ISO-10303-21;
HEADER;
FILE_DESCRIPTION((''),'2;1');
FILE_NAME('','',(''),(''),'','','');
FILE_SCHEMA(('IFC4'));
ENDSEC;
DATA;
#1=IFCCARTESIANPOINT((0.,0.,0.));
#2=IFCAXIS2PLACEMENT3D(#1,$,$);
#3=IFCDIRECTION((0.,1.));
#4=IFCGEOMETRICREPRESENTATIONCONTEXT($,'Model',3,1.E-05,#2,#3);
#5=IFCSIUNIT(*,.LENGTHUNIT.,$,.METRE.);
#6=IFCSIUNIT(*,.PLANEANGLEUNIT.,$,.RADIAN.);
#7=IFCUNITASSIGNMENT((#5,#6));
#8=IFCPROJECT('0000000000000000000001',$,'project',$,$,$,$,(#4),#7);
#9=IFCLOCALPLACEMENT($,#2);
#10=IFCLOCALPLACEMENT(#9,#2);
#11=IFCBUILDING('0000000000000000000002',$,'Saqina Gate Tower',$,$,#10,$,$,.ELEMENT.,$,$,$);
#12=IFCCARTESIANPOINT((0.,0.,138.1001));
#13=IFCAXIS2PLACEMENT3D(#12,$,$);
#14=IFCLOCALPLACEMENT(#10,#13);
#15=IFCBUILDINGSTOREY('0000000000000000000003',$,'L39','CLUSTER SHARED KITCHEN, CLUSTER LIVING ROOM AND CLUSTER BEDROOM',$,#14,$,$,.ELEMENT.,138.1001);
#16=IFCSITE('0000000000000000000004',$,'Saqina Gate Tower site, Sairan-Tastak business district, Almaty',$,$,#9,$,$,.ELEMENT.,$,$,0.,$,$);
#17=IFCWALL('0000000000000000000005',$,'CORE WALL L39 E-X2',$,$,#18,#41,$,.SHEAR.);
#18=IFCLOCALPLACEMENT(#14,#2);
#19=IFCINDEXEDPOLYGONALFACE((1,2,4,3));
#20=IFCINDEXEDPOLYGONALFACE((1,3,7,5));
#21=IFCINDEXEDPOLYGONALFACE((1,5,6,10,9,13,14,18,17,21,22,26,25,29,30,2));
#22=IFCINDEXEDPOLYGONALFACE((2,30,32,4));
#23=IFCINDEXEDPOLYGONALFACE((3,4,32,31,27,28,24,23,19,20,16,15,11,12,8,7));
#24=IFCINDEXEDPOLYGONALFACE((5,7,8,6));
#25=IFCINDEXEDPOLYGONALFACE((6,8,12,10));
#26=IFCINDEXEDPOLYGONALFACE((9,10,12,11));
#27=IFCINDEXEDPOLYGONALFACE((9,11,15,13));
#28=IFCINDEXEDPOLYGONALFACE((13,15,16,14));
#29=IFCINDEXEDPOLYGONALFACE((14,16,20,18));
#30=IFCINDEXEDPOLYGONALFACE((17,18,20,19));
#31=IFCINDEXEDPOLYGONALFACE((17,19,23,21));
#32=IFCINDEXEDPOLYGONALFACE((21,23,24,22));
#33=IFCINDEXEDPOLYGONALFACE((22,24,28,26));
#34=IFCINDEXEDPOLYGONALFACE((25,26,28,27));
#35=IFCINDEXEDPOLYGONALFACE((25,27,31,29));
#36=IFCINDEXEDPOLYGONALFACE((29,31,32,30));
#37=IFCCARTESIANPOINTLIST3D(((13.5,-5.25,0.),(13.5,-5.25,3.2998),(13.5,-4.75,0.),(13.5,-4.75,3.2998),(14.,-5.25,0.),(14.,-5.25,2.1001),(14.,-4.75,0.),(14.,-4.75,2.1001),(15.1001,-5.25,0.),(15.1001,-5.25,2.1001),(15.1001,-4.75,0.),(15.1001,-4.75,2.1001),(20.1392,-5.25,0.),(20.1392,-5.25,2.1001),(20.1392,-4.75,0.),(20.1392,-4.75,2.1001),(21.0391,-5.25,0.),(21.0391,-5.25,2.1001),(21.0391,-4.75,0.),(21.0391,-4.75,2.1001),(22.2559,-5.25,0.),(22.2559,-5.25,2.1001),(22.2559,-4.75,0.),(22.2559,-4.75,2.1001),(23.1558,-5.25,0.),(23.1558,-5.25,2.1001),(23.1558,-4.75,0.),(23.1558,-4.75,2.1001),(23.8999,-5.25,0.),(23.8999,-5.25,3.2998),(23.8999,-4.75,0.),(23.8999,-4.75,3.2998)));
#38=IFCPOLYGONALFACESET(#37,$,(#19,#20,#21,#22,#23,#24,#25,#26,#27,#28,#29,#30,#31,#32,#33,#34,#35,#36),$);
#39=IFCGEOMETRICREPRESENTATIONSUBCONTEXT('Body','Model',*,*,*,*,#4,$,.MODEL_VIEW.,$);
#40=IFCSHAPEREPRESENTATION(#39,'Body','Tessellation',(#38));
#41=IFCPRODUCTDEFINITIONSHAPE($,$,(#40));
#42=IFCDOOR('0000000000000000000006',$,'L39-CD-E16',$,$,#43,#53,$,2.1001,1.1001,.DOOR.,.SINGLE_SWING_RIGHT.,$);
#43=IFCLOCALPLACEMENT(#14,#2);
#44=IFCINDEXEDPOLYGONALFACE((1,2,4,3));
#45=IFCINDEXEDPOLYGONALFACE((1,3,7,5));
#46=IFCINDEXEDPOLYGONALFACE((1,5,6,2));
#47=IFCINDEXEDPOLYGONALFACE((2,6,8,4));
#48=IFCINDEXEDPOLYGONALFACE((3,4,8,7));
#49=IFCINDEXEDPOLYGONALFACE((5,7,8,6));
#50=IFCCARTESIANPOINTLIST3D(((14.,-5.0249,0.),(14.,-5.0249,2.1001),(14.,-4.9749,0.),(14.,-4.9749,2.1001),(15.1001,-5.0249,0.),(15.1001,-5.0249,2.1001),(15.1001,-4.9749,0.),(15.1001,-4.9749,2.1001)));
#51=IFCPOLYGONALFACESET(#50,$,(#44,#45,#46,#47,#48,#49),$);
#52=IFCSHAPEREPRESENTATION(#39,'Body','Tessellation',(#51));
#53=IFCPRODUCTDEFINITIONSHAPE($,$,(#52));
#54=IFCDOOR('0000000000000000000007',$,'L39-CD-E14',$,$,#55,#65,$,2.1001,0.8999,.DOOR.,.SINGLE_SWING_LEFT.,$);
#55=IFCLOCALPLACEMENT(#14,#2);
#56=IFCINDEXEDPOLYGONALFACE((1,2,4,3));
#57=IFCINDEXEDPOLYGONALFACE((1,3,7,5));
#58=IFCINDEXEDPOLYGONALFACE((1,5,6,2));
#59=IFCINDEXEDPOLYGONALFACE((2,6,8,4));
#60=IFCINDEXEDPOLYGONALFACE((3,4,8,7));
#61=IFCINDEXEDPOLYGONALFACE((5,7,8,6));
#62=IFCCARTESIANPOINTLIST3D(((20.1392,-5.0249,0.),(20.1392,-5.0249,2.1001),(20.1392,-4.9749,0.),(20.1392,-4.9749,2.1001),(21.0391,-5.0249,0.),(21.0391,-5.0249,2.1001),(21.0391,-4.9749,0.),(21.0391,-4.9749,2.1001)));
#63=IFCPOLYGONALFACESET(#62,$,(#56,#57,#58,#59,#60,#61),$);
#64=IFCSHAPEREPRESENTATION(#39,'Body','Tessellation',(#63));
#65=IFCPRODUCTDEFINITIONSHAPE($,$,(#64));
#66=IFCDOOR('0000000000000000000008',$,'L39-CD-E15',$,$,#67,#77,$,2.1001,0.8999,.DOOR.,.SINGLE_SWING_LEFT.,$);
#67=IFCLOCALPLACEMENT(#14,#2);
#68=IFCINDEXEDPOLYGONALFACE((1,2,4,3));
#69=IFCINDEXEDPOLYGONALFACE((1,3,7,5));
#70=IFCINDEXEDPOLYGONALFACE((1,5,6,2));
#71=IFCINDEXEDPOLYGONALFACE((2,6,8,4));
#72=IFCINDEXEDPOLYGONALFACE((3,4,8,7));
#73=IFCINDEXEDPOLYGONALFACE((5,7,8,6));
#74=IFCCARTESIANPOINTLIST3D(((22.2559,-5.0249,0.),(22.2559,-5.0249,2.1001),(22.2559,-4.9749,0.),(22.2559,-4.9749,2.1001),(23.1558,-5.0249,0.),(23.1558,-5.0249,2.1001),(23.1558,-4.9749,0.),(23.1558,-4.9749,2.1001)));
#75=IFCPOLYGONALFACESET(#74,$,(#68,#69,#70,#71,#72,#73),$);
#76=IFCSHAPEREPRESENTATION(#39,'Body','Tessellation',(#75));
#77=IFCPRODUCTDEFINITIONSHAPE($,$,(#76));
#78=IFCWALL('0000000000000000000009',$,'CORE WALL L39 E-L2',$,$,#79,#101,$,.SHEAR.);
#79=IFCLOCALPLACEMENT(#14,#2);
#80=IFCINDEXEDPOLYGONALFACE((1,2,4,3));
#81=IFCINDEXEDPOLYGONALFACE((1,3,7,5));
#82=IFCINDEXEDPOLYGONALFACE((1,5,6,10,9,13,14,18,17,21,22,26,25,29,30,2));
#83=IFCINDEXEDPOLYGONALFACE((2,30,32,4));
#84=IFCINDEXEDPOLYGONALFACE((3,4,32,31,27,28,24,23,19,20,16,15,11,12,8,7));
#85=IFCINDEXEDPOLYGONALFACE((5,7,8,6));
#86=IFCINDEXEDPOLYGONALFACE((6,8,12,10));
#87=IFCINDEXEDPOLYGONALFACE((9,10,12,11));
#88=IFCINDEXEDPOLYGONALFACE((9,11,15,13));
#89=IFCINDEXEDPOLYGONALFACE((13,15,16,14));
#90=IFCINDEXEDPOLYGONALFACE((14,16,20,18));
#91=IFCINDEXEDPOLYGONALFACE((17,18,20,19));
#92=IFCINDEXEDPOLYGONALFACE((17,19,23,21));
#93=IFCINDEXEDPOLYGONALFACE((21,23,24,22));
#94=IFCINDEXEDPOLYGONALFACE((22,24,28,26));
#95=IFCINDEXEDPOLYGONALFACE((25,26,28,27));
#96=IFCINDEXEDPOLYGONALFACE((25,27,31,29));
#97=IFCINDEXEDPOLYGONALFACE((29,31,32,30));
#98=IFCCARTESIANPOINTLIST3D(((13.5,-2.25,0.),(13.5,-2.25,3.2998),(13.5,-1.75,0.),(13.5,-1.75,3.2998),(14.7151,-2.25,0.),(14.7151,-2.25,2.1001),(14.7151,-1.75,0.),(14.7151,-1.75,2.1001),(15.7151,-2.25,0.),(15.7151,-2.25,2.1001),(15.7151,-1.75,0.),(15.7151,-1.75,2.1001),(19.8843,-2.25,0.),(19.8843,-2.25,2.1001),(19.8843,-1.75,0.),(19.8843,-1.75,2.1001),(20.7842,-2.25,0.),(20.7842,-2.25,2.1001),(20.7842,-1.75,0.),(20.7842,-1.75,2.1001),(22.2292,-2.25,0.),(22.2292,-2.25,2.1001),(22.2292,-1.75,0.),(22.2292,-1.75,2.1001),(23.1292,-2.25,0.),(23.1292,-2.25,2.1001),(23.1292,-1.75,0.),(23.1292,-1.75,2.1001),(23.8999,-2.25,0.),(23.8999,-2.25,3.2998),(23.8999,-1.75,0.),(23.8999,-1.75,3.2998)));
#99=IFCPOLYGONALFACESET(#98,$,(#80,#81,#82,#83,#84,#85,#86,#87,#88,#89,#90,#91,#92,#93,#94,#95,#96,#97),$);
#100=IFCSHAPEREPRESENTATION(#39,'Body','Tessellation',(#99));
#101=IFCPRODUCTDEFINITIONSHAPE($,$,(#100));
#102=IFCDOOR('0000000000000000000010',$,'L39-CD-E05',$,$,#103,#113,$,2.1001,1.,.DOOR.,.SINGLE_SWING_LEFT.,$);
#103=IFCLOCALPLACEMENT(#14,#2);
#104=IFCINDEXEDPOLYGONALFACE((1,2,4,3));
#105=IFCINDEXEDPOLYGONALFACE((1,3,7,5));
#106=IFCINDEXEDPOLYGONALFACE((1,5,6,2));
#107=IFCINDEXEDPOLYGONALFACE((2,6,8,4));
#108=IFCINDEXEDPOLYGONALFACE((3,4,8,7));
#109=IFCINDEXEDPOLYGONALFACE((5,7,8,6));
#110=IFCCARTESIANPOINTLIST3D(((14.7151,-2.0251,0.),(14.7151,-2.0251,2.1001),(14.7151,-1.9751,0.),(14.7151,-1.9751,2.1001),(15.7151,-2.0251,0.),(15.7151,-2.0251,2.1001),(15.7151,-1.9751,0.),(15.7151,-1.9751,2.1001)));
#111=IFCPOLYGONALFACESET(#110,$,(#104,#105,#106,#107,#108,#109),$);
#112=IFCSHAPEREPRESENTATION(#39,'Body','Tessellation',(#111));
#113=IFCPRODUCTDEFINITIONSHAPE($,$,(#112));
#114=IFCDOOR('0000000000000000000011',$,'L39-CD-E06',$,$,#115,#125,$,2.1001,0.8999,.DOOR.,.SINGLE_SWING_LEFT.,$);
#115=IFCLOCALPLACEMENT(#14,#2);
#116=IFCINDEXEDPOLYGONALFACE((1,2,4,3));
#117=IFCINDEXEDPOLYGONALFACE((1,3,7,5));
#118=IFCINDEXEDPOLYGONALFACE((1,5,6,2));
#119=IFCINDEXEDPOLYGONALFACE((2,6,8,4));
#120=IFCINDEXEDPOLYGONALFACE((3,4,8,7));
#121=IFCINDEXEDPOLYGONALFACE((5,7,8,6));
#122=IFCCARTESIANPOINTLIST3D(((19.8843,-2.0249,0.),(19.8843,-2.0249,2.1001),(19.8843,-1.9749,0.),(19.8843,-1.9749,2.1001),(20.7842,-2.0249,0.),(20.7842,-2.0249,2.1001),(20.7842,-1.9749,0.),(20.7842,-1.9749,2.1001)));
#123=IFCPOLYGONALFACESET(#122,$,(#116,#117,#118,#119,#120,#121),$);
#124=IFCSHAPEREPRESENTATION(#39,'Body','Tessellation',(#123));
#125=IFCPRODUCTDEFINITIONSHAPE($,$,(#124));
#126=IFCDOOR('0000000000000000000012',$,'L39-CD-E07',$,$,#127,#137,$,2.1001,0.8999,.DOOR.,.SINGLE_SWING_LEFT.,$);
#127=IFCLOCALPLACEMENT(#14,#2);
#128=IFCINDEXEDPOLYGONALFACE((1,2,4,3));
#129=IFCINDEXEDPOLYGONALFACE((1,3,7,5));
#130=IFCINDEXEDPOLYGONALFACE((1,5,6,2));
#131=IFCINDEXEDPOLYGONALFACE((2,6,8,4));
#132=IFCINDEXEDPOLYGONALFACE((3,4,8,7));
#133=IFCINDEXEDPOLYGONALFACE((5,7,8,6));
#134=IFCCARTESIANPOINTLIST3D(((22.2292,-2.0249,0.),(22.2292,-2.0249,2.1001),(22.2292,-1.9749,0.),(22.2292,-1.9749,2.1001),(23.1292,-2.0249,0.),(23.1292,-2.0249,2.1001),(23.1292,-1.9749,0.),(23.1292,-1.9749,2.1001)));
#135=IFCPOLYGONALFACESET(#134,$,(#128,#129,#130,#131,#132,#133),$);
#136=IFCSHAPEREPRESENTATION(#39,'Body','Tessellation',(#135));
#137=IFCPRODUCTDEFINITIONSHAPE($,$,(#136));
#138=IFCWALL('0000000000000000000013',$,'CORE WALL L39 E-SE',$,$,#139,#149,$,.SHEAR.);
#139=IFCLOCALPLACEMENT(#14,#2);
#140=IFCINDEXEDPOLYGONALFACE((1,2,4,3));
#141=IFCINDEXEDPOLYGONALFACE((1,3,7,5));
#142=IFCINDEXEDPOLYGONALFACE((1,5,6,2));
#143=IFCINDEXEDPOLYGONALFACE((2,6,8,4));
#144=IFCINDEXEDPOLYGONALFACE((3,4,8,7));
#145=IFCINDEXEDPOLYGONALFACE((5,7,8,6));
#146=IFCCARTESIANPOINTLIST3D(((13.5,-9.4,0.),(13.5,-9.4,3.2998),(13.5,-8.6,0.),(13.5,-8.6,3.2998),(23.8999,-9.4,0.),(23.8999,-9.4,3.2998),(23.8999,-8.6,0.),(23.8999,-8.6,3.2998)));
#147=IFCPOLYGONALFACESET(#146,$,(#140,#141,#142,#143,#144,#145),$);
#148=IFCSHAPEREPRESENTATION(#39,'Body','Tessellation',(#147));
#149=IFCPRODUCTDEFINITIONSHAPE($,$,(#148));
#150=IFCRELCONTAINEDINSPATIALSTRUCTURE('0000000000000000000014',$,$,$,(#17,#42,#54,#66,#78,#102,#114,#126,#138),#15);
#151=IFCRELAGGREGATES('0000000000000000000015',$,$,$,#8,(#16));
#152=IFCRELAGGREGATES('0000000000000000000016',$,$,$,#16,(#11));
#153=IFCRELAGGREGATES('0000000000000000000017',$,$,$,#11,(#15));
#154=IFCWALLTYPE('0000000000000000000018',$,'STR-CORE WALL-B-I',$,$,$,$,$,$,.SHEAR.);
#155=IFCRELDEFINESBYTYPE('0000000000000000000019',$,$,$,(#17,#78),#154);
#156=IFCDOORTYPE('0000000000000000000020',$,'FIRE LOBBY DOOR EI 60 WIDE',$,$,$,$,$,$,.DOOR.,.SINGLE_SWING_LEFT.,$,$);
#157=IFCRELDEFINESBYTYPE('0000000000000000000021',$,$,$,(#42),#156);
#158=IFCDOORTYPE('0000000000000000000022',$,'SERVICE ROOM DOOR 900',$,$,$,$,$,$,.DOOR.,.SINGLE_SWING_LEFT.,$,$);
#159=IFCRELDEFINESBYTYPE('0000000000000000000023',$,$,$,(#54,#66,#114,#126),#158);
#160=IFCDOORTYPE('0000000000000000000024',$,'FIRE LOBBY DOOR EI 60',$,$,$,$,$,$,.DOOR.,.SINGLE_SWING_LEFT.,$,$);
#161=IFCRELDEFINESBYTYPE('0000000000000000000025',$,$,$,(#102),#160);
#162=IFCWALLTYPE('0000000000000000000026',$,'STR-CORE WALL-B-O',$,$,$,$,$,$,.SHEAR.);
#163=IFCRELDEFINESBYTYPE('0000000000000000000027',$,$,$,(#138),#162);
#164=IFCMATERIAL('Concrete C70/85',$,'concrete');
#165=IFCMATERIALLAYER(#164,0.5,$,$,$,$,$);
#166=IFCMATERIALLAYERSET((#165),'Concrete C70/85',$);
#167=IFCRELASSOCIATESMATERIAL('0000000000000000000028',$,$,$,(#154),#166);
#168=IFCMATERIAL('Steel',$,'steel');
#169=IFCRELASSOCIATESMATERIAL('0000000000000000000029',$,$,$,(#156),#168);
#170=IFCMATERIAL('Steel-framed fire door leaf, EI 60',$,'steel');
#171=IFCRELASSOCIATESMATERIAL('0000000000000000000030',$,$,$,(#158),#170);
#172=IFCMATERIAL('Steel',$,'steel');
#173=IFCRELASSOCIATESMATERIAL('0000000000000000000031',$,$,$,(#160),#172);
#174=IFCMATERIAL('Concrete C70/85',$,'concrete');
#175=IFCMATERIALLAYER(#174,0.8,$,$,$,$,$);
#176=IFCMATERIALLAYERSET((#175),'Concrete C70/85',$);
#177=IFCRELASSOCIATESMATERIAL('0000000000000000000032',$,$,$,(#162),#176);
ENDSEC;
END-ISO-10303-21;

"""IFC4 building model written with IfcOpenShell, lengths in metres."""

from ifc_helpers import new_model, si_unit, direction, frame, frame_2d, origin, place, context, subcontext, project, spatial, rectangle, extrude, material, layer, layer_set, type_object, element, fill, save


model = new_model("IFC4")

# Units and contexts
model_context = context("Model", 3, precision=1e-05, world=origin(), true_north=direction((0.0, 1.0)))
body_context = subcontext(model_context, "Body", "Model", "MODEL_VIEW")
ifc_project = project(units=[si_unit("LENGTHUNIT", "METRE"), si_unit("PLANEANGLEUNIT", "RADIAN")], contexts=[model_context])

# Site, building, storey
site_placement = place(None, origin())
site = spatial("IfcSite", under=ifc_project, at=site_placement, Name="Saqina Gate Tower site, Sairan-Tastak business district, Almaty", CompositionType="ELEMENT", RefElevation=0.0)
building_placement = place(site_placement, origin())
building = spatial("IfcBuilding", under=site, at=building_placement, Name="Saqina Gate Tower", CompositionType="ELEMENT")
storey_placement = place(building_placement, frame((0.0, 0.0, 138.1001)))
storey = spatial("IfcBuildingStorey", under=building, at=storey_placement, Name="L39", Description="CLUSTER SHARED KITCHEN, CLUSTER LIVING ROOM AND CLUSTER BEDROOM", CompositionType="ELEMENT", Elevation=138.1001)

# Walls, openings, doors
ifc_material_1 = material(Name="Concrete C70/85", Category="concrete")
ifc_layer_1 = layer(ifc_material_1, 0.5)
ifc_layer_set_1 = layer_set([ifc_layer_1], Name="Concrete C70/85")
wall_type_1 = type_object("IfcWallType", Name="STR-CORE WALL-B-I", PredefinedType="SHEAR", material=ifc_layer_set_1)
wall_1_placement = place(storey_placement, frame((13.5, -5.0, 0.0), z_axis=(0.0, 0.0, 1.0), x_axis=(1.0, 0.0, 0.0)))
wall_1 = element("IfcWall", 1, at=wall_1_placement, inside=storey, type_object=wall_type_1, Name="CORE WALL L39 E-X2", PredefinedType="SHEAR", context=body_context, shape_type="SweptSolid", body=[
    extrude(rectangle(XDim=10.3999, YDim=0.5, at=frame_2d((5.2, 0.0))), origin(), (0.0, 0.0, 1.0), 3.2998),
])
opening_1_placement = place(wall_1_placement, frame((6.6392, 0.0, 0.0)))
opening_1 = element("IfcOpeningElement", 2, at=opening_1_placement, cuts=wall_1, PredefinedType="OPENING", context=body_context, shape_type="SweptSolid", body=[
    extrude(rectangle(XDim=0.8999, YDim=2.1001, at=frame_2d((0.45, 1.05))), frame((0.0, 0.262, 0.0), z_axis=(0.0, -1.0, 0.0), x_axis=(1.0, 0.0, 0.0)), (0.0, 0.0, 1.0), 0.5239),
])
opening_2_placement = place(wall_1_placement, frame((8.7559, 0.0, 0.0)))
opening_2 = element("IfcOpeningElement", 3, at=opening_2_placement, cuts=wall_1, PredefinedType="OPENING", context=body_context, shape_type="SweptSolid", body=[
    extrude(rectangle(XDim=0.8999, YDim=2.1001, at=frame_2d((0.45, 1.05))), frame((0.0, 0.262, 0.0), z_axis=(0.0, -1.0, 0.0), x_axis=(1.0, 0.0, 0.0)), (0.0, 0.0, 1.0), 0.5239),
])
opening_3_placement = place(wall_1_placement, frame((0.5, 0.0, 0.0)))
opening_3 = element("IfcOpeningElement", 4, at=opening_3_placement, cuts=wall_1, PredefinedType="OPENING", context=body_context, shape_type="SweptSolid", body=[
    extrude(rectangle(XDim=1.1001, YDim=2.1001, at=frame_2d((0.55, 1.05))), frame((0.0, 0.262, 0.0), z_axis=(0.0, -1.0, 0.0), x_axis=(1.0, 0.0, 0.0)), (0.0, 0.0, 1.0), 0.5239),
])
ifc_material_2 = material(Name="Steel", Category="steel")
door_type_1 = type_object("IfcDoorType", Name="FIRE LOBBY DOOR EI 60 WIDE", OperationType="SINGLE_SWING_LEFT", PredefinedType="DOOR", material=ifc_material_2)
door_1_placement = place(opening_3_placement, frame((1.1001, 0.0, 0.0), z_axis=(0.0, 0.0, 1.0), x_axis=(-1.0, 0.0, 0.0)))
door_1 = element("IfcDoor", 5, at=door_1_placement, inside=storey, type_object=door_type_1, Name="L39-CD-E16", OperationType="SINGLE_SWING_RIGHT", OverallHeight=2.1001, OverallWidth=1.1001, PredefinedType="DOOR", context=body_context, shape_type="SweptSolid", body=[
    extrude(rectangle(XDim=1.1001, YDim=2.1001, at=frame_2d((0.55, 1.05))), frame((0.0, 0.0249, 0.0), z_axis=(0.0, -1.0, 0.0), x_axis=(1.0, 0.0, 0.0)), (0.0, 0.0, 1.0), 0.05),
])
fill(opening_3, door_1)
ifc_material_3 = material(Name="Steel-framed fire door leaf, EI 60", Category="steel")
door_type_2 = type_object("IfcDoorType", Name="SERVICE ROOM DOOR 900", OperationType="SINGLE_SWING_LEFT", PredefinedType="DOOR", material=ifc_material_3)
door_2_placement = place(opening_1_placement, frame((0.8999, 0.0, 0.0), z_axis=(0.0, 0.0, 1.0), x_axis=(-1.0, 0.0, 0.0)))
door_2 = element("IfcDoor", 6, at=door_2_placement, inside=storey, type_object=door_type_2, Name="L39-CD-E14", OperationType="SINGLE_SWING_LEFT", OverallHeight=2.1001, OverallWidth=0.8999, PredefinedType="DOOR", context=body_context, shape_type="SweptSolid", body=[
    extrude(rectangle(XDim=0.8999, YDim=2.1001, at=frame_2d((0.45, 1.05))), frame((0.0, 0.0249, 0.0), z_axis=(0.0, -1.0, 0.0), x_axis=(1.0, 0.0, 0.0)), (0.0, 0.0, 1.0), 0.05),
])
fill(opening_1, door_2)
door_3_placement = place(opening_2_placement, frame((0.8999, 0.0, 0.0), z_axis=(0.0, 0.0, 1.0), x_axis=(-1.0, 0.0, 0.0)))
door_3 = element("IfcDoor", 7, at=door_3_placement, inside=storey, type_object=door_type_2, Name="L39-CD-E15", OperationType="SINGLE_SWING_LEFT", OverallHeight=2.1001, OverallWidth=0.8999, PredefinedType="DOOR", context=body_context, shape_type="SweptSolid", body=[
    extrude(rectangle(XDim=0.8999, YDim=2.1001, at=frame_2d((0.45, 1.05))), frame((0.0, 0.0249, 0.0), z_axis=(0.0, -1.0, 0.0), x_axis=(1.0, 0.0, 0.0)), (0.0, 0.0, 1.0), 0.05),
])
fill(opening_2, door_3)
wall_2_placement = place(storey_placement, frame((13.5, -2.0, 0.0), z_axis=(0.0, 0.0, 1.0), x_axis=(1.0, 0.0, 0.0)))
wall_2 = element("IfcWall", 8, at=wall_2_placement, inside=storey, type_object=wall_type_1, Name="CORE WALL L39 E-L2", PredefinedType="SHEAR", context=body_context, shape_type="SweptSolid", body=[
    extrude(rectangle(XDim=10.3999, YDim=0.5, at=frame_2d((5.2, 0.0))), origin(), (0.0, 0.0, 1.0), 3.2998),
])
opening_4_placement = place(wall_2_placement, frame((1.2151, 0.0, 0.0)))
opening_4 = element("IfcOpeningElement", 9, at=opening_4_placement, cuts=wall_2, PredefinedType="OPENING", context=body_context, shape_type="SweptSolid", body=[
    extrude(rectangle(XDim=1.0, YDim=2.1001, at=frame_2d((0.5, 1.05))), frame((0.0, 0.262, 0.0), z_axis=(0.0, -1.0, 0.0), x_axis=(1.0, 0.0, 0.0)), (0.0, 0.0, 1.0), 0.5239),
])
opening_5_placement = place(wall_2_placement, frame((6.3843, 0.0, 0.0)))
opening_5 = element("IfcOpeningElement", 10, at=opening_5_placement, cuts=wall_2, PredefinedType="OPENING", context=body_context, shape_type="SweptSolid", body=[
    extrude(rectangle(XDim=0.8999, YDim=2.1001, at=frame_2d((0.45, 1.05))), frame((0.0, 0.262, 0.0), z_axis=(0.0, -1.0, 0.0), x_axis=(1.0, 0.0, 0.0)), (0.0, 0.0, 1.0), 0.5239),
])
opening_6_placement = place(wall_2_placement, frame((8.7292, 0.0, 0.0)))
opening_6 = element("IfcOpeningElement", 11, at=opening_6_placement, cuts=wall_2, PredefinedType="OPENING", context=body_context, shape_type="SweptSolid", body=[
    extrude(rectangle(XDim=0.8999, YDim=2.1001, at=frame_2d((0.45, 1.05))), frame((0.0, 0.262, 0.0), z_axis=(0.0, -1.0, 0.0), x_axis=(1.0, 0.0, 0.0)), (0.0, 0.0, 1.0), 0.5239),
])
ifc_material_4 = material(Name="Steel", Category="steel")
door_type_3 = type_object("IfcDoorType", Name="FIRE LOBBY DOOR EI 60", OperationType="SINGLE_SWING_LEFT", PredefinedType="DOOR", material=ifc_material_4)
door_4_placement = place(opening_4_placement, origin())
door_4 = element("IfcDoor", 12, at=door_4_placement, inside=storey, type_object=door_type_3, Name="L39-CD-E05", OperationType="SINGLE_SWING_LEFT", OverallHeight=2.1001, OverallWidth=1.0, PredefinedType="DOOR", context=body_context, shape_type="SweptSolid", body=[
    extrude(rectangle(XDim=1.0, YDim=2.1001, at=frame_2d((0.5, 1.05))), frame((0.0, 0.0249, 0.0), z_axis=(0.0, -1.0, 0.0), x_axis=(1.0, 0.0, 0.0)), (0.0, 0.0, 1.0), 0.05),
])
fill(opening_4, door_4)
door_5_placement = place(opening_5_placement, frame((0.8999, 0.0, 0.0), z_axis=(0.0, 0.0, 1.0), x_axis=(-1.0, 0.0, 0.0)))
door_5 = element("IfcDoor", 13, at=door_5_placement, inside=storey, type_object=door_type_2, Name="L39-CD-E06", OperationType="SINGLE_SWING_LEFT", OverallHeight=2.1001, OverallWidth=0.8999, PredefinedType="DOOR", context=body_context, shape_type="SweptSolid", body=[
    extrude(rectangle(XDim=0.8999, YDim=2.1001, at=frame_2d((0.45, 1.05))), frame((0.0, 0.0249, 0.0), z_axis=(0.0, -1.0, 0.0), x_axis=(1.0, 0.0, 0.0)), (0.0, 0.0, 1.0), 0.05),
])
fill(opening_5, door_5)
door_6_placement = place(opening_6_placement, frame((0.8999, 0.0, 0.0), z_axis=(0.0, 0.0, 1.0), x_axis=(-1.0, 0.0, 0.0)))
door_6 = element("IfcDoor", 14, at=door_6_placement, inside=storey, type_object=door_type_2, Name="L39-CD-E07", OperationType="SINGLE_SWING_LEFT", OverallHeight=2.1001, OverallWidth=0.8999, PredefinedType="DOOR", context=body_context, shape_type="SweptSolid", body=[
    extrude(rectangle(XDim=0.8999, YDim=2.1001, at=frame_2d((0.45, 1.05))), frame((0.0, 0.0249, 0.0), z_axis=(0.0, -1.0, 0.0), x_axis=(1.0, 0.0, 0.0)), (0.0, 0.0, 1.0), 0.05),
])
fill(opening_6, door_6)

# Wall
ifc_material_5 = material(Name="Concrete C70/85", Category="concrete")
ifc_layer_2 = layer(ifc_material_5, 0.8)
ifc_layer_set_2 = layer_set([ifc_layer_2], Name="Concrete C70/85")
wall_type_2 = type_object("IfcWallType", Name="STR-CORE WALL-B-O", PredefinedType="SHEAR", material=ifc_layer_set_2)
wall_3_placement = place(storey_placement, frame((13.5, -9.0, 0.0), z_axis=(0.0, 0.0, 1.0), x_axis=(1.0, 0.0, 0.0)))
element("IfcWall", 15, at=wall_3_placement, inside=storey, type_object=wall_type_2, Name="CORE WALL L39 E-SE", PredefinedType="SHEAR", context=body_context, shape_type="SweptSolid", body=[
    extrude(rectangle(XDim=10.3999, YDim=0.8, at=frame_2d((5.2, 0.0))), origin(), (0.0, 0.0, 1.0), 3.2998),
])

save(model, "model.ifc")
